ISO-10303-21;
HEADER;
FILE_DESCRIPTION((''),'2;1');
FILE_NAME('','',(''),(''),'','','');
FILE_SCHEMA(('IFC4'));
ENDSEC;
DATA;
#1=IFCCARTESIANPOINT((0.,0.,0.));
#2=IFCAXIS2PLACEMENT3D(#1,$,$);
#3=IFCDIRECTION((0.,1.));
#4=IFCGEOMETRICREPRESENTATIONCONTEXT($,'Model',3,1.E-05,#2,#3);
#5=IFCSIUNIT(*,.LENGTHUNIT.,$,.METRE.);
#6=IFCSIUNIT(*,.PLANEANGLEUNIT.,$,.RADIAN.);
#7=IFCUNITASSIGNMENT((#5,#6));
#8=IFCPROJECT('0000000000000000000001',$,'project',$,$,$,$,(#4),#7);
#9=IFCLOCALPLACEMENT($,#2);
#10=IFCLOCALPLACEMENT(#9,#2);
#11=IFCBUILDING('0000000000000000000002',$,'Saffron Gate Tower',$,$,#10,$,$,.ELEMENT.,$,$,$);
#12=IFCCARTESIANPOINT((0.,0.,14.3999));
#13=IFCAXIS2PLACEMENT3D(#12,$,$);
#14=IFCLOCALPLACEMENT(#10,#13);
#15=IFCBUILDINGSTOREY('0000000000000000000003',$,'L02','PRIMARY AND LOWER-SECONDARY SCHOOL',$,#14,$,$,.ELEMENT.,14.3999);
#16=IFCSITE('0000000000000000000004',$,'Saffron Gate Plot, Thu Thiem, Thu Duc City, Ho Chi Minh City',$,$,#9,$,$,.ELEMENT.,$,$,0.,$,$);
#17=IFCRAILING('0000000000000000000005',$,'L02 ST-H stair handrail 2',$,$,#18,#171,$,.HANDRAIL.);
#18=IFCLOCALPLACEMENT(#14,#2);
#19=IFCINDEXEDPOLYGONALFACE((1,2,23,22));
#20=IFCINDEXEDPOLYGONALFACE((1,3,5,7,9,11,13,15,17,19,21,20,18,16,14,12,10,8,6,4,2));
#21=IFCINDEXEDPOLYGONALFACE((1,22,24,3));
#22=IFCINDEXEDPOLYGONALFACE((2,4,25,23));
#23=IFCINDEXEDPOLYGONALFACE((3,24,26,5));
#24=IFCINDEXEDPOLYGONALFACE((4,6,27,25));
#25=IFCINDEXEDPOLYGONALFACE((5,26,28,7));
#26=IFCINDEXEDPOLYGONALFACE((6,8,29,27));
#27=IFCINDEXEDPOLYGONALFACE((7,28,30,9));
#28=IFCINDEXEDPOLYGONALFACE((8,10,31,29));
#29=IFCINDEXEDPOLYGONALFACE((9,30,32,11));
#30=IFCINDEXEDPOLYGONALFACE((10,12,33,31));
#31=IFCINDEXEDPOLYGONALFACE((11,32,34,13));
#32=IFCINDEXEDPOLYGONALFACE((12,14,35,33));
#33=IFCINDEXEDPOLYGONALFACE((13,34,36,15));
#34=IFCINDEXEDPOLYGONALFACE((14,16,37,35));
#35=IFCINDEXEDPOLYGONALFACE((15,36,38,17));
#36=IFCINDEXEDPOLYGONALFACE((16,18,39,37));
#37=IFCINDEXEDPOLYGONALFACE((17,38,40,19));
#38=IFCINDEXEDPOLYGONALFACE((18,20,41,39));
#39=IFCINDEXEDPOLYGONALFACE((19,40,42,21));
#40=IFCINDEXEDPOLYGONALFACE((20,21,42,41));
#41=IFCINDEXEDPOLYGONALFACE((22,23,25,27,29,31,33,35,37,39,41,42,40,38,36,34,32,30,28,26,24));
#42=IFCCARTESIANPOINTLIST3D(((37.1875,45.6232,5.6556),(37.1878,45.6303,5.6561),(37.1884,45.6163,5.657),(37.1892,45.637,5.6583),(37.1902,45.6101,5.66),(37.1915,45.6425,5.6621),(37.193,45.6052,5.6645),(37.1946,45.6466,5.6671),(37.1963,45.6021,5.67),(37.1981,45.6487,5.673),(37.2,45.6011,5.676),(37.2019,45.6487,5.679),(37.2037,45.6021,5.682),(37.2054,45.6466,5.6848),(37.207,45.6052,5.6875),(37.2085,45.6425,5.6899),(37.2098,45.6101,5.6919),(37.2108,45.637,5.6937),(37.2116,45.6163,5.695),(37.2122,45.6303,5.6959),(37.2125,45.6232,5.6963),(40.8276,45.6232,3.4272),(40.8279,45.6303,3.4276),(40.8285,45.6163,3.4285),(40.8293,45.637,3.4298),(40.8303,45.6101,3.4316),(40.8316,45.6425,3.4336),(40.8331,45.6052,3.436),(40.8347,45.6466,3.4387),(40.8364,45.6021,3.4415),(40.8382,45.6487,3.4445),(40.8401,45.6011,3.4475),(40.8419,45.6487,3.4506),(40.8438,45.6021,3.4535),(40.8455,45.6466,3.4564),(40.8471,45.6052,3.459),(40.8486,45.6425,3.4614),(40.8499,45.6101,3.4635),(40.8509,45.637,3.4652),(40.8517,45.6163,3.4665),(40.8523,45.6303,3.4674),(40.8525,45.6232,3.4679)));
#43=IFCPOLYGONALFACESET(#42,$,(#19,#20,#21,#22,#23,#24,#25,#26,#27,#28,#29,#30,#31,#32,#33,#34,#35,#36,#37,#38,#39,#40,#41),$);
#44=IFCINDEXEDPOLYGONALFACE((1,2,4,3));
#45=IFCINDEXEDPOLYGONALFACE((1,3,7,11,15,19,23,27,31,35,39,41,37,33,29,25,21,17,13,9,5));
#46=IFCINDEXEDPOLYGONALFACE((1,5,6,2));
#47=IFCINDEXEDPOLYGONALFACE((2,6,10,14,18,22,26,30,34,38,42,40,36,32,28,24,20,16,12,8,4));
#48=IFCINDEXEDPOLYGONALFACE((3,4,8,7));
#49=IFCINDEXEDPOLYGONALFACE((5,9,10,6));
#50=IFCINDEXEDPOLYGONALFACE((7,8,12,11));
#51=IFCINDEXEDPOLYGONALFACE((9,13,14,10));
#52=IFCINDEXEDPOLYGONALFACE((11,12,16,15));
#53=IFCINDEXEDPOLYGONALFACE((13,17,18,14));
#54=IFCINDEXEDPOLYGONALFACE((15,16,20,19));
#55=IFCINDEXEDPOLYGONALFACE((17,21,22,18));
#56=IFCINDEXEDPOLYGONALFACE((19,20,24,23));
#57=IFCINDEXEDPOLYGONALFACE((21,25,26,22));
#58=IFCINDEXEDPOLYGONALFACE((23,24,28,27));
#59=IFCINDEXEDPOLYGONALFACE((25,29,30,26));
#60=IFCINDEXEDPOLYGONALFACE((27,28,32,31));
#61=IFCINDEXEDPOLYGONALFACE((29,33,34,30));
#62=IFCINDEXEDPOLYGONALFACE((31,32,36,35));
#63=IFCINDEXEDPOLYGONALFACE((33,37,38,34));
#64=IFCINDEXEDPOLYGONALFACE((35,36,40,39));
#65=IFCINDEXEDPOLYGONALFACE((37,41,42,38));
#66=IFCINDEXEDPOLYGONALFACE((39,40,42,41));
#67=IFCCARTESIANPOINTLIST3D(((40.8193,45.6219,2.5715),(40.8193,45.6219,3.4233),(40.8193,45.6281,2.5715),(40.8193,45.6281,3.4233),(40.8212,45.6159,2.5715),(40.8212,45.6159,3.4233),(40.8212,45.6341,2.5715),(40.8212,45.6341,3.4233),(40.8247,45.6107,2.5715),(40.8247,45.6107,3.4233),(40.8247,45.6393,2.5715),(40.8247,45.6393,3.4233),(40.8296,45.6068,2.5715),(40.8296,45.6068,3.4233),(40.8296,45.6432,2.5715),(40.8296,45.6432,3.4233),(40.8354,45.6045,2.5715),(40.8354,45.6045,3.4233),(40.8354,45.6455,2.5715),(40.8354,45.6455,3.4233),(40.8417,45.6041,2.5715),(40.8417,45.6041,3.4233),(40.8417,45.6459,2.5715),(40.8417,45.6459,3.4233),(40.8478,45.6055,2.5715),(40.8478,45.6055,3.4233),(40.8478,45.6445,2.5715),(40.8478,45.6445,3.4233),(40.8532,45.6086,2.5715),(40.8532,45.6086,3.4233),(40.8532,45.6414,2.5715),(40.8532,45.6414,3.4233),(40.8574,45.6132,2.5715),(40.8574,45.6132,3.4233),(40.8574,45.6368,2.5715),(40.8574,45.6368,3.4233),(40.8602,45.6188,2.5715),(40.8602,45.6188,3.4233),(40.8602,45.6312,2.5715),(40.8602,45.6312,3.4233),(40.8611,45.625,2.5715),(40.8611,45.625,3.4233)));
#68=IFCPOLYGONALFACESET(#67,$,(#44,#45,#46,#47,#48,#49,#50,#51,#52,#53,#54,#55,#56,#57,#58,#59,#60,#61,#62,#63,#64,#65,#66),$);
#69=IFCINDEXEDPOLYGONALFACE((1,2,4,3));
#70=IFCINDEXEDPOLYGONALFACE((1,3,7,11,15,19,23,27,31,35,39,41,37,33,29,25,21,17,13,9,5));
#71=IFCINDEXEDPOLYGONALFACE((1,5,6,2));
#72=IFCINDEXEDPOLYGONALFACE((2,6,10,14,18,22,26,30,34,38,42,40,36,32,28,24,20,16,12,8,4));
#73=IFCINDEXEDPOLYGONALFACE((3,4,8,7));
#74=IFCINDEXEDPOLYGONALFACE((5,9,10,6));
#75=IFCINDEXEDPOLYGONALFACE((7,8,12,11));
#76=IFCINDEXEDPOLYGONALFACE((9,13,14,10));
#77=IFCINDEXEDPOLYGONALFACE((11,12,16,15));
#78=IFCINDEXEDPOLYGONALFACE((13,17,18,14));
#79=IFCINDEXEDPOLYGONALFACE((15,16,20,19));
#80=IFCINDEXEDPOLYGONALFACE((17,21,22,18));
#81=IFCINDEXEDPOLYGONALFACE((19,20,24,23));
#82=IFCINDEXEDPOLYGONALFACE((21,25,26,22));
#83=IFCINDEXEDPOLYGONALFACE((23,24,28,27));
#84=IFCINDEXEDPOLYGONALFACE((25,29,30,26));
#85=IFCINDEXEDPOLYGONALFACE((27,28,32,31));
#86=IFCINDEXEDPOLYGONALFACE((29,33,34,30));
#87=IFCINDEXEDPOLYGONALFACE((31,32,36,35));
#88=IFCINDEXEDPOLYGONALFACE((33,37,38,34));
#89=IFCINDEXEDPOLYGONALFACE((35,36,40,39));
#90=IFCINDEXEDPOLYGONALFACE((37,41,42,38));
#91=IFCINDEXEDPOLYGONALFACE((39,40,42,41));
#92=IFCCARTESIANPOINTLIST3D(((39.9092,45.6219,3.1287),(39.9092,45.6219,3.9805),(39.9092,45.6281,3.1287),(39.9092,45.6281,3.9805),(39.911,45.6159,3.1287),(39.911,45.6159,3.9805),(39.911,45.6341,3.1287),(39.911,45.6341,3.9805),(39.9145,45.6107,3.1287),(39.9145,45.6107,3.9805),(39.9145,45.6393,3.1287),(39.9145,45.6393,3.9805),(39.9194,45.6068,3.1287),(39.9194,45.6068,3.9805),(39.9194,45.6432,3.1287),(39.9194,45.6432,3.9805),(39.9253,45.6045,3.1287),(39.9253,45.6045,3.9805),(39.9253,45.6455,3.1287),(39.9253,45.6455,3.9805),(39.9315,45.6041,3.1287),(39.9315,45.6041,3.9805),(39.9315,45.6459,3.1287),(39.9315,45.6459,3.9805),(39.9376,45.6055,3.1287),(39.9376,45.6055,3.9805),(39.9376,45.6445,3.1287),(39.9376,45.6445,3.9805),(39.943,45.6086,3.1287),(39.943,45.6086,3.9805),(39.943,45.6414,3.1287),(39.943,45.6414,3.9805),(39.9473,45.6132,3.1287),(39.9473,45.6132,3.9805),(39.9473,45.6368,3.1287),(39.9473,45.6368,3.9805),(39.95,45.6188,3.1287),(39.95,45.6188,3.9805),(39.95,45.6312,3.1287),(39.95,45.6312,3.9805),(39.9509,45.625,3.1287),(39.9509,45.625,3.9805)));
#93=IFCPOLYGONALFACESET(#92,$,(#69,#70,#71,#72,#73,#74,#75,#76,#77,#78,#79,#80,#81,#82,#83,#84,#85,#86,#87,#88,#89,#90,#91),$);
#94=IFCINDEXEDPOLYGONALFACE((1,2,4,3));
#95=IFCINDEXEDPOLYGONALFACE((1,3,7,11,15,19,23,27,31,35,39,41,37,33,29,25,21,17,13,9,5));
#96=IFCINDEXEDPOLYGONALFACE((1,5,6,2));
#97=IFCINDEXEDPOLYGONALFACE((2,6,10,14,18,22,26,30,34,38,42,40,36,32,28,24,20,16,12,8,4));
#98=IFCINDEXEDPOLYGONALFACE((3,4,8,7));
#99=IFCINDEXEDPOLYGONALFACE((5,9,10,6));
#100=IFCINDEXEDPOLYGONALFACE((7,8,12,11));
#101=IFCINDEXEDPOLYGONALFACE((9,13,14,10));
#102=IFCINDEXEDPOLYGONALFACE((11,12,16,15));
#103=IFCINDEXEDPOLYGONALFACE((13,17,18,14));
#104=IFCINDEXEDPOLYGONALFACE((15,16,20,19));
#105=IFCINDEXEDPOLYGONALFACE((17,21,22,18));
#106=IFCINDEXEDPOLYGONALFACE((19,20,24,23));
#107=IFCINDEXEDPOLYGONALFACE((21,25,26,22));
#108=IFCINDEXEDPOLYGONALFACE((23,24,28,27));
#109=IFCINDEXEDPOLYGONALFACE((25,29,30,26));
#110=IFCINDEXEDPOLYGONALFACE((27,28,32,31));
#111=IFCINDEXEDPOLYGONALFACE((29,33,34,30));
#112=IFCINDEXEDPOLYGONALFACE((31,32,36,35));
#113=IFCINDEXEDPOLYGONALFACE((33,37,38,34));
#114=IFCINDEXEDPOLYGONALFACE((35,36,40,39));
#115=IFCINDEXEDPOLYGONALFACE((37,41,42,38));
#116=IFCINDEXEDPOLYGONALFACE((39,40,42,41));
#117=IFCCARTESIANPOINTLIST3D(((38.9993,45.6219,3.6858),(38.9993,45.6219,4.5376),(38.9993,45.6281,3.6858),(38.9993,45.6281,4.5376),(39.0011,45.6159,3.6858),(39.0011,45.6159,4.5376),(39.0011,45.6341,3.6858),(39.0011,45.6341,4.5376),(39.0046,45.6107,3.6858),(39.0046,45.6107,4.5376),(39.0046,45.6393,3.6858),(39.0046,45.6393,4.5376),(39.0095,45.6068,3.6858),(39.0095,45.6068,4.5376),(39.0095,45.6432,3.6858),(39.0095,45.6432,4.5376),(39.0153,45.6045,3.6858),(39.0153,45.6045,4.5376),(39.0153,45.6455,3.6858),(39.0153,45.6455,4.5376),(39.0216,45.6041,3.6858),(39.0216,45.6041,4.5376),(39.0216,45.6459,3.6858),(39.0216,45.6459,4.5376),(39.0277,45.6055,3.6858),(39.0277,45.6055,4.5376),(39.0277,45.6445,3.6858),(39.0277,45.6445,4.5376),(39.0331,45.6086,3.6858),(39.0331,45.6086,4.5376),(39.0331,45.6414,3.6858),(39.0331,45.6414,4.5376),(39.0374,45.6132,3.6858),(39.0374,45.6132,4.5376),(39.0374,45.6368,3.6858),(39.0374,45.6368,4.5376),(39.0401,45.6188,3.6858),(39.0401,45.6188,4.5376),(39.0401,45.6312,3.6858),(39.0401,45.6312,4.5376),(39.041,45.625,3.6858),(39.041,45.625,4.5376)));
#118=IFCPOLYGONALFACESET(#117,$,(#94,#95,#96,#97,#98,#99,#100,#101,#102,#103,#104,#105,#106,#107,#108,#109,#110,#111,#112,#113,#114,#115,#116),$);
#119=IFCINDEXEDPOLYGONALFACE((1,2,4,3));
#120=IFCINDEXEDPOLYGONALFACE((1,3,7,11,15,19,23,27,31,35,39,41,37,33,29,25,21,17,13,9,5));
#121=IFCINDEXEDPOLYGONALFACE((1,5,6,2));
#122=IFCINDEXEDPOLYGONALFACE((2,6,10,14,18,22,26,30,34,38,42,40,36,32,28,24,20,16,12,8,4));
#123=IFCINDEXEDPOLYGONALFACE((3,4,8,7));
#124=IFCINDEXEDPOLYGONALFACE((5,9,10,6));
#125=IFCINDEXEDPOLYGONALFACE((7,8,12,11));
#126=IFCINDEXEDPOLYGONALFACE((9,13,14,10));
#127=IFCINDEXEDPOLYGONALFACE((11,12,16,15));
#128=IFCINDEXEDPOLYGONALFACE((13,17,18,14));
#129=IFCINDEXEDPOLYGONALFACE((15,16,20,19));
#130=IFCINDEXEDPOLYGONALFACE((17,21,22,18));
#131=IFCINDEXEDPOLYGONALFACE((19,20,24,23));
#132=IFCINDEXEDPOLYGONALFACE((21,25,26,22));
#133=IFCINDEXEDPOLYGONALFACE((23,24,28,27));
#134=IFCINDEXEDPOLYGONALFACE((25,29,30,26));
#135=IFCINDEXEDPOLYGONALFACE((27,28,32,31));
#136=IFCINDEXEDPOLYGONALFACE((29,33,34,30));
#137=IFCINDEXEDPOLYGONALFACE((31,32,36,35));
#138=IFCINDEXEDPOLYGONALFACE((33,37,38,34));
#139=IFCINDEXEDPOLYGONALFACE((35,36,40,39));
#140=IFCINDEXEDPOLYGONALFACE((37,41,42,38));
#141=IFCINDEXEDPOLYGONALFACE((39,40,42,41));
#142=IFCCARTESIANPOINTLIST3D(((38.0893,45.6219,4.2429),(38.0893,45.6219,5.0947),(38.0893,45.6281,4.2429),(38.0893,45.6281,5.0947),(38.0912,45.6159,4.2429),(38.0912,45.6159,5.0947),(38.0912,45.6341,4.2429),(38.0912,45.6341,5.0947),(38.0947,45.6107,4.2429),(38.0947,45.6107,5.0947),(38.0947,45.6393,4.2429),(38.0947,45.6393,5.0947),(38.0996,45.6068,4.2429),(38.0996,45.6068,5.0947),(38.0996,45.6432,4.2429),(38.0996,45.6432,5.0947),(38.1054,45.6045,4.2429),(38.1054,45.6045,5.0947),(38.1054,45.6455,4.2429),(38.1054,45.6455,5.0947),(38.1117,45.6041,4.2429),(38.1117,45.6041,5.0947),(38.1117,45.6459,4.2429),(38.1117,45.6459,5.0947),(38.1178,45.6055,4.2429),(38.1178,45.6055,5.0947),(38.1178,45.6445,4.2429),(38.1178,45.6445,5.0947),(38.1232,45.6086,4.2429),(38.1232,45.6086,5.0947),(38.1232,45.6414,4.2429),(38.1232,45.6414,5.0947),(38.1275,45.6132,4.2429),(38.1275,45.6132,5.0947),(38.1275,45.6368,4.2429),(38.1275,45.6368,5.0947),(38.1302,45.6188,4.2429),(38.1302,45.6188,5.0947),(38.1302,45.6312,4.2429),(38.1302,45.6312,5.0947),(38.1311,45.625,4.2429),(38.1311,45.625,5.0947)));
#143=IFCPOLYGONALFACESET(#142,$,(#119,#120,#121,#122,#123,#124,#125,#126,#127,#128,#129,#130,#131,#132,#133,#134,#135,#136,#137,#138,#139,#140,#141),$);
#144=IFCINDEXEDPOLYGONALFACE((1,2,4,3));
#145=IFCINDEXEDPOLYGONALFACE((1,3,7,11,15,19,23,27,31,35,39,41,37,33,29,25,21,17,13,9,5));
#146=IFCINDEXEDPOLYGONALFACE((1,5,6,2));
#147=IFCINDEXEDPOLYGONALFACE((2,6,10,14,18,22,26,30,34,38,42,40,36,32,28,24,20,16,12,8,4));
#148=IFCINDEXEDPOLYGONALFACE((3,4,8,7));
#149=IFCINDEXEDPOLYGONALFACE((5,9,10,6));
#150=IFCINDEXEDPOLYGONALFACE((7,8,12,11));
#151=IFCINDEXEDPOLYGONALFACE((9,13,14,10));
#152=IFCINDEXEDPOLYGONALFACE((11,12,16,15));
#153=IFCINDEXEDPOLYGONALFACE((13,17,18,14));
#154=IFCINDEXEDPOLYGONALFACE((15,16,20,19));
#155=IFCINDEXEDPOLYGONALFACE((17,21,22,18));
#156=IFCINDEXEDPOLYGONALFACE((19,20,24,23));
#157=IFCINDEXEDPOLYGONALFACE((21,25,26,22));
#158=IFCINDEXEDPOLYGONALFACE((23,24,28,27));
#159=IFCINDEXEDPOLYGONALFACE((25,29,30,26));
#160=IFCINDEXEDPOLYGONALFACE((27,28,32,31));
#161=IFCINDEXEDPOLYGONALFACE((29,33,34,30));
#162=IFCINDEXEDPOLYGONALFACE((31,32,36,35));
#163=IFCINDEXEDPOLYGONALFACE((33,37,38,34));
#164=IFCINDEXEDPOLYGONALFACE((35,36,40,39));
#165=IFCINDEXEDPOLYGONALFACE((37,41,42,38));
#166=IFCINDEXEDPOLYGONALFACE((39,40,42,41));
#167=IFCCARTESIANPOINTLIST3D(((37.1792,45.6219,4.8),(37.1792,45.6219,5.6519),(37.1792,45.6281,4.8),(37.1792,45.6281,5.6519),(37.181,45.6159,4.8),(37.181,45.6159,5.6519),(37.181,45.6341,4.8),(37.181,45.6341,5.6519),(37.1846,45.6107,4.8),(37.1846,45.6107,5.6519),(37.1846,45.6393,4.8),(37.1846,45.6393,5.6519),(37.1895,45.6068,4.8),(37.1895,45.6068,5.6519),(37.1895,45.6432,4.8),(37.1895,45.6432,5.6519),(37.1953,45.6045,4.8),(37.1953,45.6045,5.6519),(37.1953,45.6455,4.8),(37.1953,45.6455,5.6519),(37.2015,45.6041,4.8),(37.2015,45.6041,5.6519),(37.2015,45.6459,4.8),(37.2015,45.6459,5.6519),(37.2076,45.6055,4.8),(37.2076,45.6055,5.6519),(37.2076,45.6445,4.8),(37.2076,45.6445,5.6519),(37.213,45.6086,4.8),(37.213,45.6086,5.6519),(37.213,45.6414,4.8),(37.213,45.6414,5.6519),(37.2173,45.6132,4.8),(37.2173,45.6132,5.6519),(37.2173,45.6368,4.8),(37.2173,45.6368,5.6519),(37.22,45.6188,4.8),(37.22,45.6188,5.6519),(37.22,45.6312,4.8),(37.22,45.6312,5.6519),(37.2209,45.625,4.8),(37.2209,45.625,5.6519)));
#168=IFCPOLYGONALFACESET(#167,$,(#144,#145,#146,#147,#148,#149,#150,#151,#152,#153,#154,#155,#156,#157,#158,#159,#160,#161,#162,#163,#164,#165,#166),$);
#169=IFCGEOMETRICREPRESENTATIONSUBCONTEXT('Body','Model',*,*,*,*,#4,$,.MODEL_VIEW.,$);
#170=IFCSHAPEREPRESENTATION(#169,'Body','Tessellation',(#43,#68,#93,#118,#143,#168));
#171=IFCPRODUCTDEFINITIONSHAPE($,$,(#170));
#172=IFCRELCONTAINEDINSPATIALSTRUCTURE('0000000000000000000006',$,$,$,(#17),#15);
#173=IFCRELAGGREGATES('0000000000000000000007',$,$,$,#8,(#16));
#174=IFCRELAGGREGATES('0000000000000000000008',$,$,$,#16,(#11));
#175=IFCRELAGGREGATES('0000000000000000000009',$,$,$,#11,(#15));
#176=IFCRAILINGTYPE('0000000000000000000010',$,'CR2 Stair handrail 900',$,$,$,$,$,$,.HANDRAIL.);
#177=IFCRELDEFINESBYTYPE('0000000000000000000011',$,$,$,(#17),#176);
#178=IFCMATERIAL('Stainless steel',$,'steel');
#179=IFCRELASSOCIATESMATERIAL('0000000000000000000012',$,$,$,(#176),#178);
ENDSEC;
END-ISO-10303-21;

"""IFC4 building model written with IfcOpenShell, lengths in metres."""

from ifc_helpers import new_model, si_unit, direction, frame, origin, origin_2d, place, context, subcontext, project, spatial, circle, extrude, material, type_object, element, save


model = new_model("IFC4")

# Units and contexts
model_context = context("Model", 3, precision=1e-05, world=origin(), true_north=direction((0.0, 1.0)))
body_context = subcontext(model_context, "Body", "Model", "MODEL_VIEW")
ifc_project = project(units=[si_unit("LENGTHUNIT", "METRE"), si_unit("PLANEANGLEUNIT", "RADIAN")], contexts=[model_context])

# Site, building, storey
site_placement = place(None, origin())
site = spatial("IfcSite", under=ifc_project, at=site_placement, Name="Saffron Gate Plot, Thu Thiem, Thu Duc City, Ho Chi Minh City", CompositionType="ELEMENT", RefElevation=0.0)
building_placement = place(site_placement, origin())
building = spatial("IfcBuilding", under=site, at=building_placement, Name="Saffron Gate Tower", CompositionType="ELEMENT")
storey_placement = place(building_placement, frame((0.0, 0.0, 14.3999)))
storey = spatial("IfcBuildingStorey", under=building, at=storey_placement, Name="L02", Description="PRIMARY AND LOWER-SECONDARY SCHOOL", CompositionType="ELEMENT", Elevation=14.3999)

# Railing
ifc_material_1 = material(Name="Stainless steel", Category="steel")
railing_type_1 = type_object("IfcRailingType", Name="CR2 Stair handrail 900", PredefinedType="HANDRAIL", material=ifc_material_1)
railing_1_placement = place(storey_placement, frame((40.8401, 45.625, 2.5715)))
element("IfcRailing", 1, at=railing_1_placement, inside=storey, type_object=railing_type_1, Name="L02 ST-H stair handrail 2", PredefinedType="HANDRAIL", context=body_context, shape_type="SweptSolid", body=[
    extrude(circle(Radius=0.0239, at=origin_2d()), frame((0.0, 0.0, 0.876), z_axis=(-0.852866, 0.0, 0.52213), x_axis=(0.0, -1.0, 0.0)), (0.0, 0.0, 1.0), 4.2681),
    extrude(circle(Radius=0.021, at=origin_2d()), origin(), (0.0, 0.0, 1.0), 0.8518),
    extrude(circle(Radius=0.021, at=origin_2d()), frame((-0.9102, 0.0, 0.5571)), (0.0, 0.0, 1.0), 0.8518),
    extrude(circle(Radius=0.021, at=origin_2d()), frame((-1.8201, 0.0, 1.1143)), (0.0, 0.0, 1.0), 0.8518),
    extrude(circle(Radius=0.021, at=origin_2d()), frame((-2.73, 0.0, 1.6714)), (0.0, 0.0, 1.0), 0.8518),
    extrude(circle(Radius=0.021, at=origin_2d()), frame((-3.6401, 0.0, 2.2285)), (0.0, 0.0, 1.0), 0.8518),
])

save(model, "model.ifc")
